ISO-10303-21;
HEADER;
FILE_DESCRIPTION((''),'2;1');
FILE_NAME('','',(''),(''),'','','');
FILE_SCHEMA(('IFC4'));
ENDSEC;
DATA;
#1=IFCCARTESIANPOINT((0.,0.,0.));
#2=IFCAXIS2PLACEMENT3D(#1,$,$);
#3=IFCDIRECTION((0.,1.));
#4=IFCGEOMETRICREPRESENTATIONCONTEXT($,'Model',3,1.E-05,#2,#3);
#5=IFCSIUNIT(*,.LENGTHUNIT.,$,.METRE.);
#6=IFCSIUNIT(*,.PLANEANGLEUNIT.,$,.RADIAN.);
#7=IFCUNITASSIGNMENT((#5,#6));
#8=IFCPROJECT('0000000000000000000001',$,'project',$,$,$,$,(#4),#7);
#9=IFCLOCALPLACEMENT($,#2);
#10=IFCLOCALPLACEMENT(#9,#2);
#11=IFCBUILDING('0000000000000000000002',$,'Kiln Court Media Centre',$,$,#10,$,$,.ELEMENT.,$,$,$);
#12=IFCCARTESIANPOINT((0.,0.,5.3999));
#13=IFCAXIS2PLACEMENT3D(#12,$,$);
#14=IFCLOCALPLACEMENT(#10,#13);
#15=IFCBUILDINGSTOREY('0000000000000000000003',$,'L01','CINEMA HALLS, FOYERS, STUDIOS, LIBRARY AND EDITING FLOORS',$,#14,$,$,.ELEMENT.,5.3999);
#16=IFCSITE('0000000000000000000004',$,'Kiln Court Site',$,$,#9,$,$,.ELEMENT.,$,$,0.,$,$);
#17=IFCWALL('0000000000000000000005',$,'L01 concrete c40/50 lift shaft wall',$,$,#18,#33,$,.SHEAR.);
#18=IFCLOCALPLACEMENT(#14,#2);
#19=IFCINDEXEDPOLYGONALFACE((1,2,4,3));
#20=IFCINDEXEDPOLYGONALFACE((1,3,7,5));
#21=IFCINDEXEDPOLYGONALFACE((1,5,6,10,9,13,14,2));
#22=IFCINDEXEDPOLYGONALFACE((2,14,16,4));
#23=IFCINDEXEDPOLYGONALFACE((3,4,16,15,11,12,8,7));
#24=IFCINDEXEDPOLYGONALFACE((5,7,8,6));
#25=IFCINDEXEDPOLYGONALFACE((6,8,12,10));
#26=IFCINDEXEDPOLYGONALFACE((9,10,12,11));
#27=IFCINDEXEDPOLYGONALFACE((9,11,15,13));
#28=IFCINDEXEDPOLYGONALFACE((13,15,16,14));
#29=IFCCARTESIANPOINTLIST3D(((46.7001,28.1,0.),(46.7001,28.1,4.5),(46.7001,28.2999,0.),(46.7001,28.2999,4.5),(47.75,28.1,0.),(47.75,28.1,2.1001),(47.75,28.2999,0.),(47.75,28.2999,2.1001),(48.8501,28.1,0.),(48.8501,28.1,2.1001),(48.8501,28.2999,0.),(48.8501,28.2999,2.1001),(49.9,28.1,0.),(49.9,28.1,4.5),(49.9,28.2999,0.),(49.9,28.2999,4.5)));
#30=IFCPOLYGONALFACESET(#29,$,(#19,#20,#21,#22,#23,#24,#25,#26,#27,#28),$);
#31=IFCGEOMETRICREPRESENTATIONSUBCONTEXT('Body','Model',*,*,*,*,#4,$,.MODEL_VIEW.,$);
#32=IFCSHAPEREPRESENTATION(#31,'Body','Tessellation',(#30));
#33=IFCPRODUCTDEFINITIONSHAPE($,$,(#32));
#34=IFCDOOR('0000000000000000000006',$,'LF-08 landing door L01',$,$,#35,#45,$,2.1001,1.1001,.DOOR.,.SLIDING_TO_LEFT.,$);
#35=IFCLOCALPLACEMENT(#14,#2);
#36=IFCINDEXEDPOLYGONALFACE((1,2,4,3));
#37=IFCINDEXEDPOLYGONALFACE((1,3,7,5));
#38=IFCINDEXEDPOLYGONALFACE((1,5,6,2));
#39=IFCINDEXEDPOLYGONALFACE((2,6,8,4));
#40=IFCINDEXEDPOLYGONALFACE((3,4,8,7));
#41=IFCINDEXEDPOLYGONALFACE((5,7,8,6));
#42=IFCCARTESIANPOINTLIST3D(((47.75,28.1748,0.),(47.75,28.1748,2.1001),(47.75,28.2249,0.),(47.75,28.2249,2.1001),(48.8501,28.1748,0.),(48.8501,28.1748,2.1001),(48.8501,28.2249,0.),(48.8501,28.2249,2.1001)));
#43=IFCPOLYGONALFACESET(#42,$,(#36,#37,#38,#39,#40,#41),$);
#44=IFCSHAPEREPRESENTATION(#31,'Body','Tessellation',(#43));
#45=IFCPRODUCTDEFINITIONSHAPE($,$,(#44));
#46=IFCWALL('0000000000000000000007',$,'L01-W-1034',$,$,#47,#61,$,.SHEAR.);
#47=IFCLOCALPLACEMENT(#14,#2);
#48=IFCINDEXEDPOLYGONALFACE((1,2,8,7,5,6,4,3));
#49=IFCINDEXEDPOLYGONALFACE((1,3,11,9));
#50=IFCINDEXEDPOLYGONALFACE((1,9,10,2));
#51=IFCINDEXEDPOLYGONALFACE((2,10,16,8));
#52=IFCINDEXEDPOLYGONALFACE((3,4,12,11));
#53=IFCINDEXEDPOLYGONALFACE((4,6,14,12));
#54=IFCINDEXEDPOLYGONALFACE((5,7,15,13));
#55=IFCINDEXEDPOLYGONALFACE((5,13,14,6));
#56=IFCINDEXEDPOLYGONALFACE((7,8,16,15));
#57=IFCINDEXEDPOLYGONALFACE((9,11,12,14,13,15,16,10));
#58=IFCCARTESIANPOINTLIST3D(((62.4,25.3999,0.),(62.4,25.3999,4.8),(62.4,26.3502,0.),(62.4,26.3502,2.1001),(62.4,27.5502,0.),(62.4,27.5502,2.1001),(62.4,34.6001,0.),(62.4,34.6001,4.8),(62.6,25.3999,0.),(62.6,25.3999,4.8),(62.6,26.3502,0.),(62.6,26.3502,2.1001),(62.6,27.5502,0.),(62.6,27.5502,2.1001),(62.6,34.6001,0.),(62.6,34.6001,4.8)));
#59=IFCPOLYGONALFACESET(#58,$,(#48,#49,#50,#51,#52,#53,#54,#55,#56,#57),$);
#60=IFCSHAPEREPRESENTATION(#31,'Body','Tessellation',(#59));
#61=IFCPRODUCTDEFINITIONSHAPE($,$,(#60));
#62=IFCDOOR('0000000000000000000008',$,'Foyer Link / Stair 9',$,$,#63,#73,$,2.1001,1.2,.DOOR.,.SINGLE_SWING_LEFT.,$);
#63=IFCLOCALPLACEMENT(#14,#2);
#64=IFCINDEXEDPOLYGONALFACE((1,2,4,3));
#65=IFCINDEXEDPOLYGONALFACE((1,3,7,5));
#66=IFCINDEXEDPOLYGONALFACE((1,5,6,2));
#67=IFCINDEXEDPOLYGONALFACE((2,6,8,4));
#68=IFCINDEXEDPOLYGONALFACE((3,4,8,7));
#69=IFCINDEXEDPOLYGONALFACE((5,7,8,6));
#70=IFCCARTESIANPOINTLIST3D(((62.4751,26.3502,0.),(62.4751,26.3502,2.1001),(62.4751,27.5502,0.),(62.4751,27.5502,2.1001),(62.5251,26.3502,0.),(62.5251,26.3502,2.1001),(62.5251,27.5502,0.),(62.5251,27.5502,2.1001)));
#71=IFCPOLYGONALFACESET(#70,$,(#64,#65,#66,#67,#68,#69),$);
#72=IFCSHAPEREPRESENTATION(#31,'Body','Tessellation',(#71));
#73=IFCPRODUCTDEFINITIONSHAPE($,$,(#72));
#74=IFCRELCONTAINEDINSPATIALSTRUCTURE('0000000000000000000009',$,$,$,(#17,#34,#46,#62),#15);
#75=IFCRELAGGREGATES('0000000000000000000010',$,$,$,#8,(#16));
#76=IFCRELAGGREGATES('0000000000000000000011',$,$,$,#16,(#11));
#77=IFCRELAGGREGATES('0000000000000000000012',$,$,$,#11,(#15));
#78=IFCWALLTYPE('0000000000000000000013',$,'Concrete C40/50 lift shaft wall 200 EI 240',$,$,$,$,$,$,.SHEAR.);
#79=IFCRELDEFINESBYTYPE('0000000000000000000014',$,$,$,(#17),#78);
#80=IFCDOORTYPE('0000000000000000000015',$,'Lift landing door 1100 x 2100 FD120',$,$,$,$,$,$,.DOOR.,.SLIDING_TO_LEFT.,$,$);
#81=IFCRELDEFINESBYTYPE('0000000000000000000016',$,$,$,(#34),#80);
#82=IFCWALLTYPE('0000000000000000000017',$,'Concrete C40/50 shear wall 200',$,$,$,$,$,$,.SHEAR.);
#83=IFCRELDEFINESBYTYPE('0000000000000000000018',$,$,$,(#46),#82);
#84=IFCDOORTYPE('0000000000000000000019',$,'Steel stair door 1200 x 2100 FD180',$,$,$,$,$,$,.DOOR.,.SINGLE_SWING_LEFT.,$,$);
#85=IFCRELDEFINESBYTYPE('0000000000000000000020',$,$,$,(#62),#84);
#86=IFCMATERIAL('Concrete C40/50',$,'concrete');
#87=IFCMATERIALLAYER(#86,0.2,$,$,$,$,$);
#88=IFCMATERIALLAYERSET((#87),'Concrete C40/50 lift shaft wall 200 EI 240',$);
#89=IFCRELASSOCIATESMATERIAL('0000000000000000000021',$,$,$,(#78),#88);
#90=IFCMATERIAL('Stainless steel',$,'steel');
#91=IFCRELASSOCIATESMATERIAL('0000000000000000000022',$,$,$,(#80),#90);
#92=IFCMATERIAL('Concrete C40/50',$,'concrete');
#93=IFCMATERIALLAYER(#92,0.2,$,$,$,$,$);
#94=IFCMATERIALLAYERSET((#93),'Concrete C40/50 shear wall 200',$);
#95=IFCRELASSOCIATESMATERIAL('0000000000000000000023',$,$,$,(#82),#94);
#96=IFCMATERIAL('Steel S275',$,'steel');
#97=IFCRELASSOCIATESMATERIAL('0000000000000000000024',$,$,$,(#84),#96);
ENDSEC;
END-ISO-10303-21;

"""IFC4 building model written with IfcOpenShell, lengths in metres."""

from ifc_helpers import new_model, si_unit, direction, frame, frame_2d, origin, place, context, subcontext, project, spatial, rectangle, extrude, material, layer, layer_set, type_object, element, fill, save


model = new_model("IFC4")

# Units and contexts
model_context = context("Model", 3, precision=1e-05, world=origin(), true_north=direction((0.0, 1.0)))
body_context = subcontext(model_context, "Body", "Model", "MODEL_VIEW")
ifc_project = project(units=[si_unit("LENGTHUNIT", "METRE"), si_unit("PLANEANGLEUNIT", "RADIAN")], contexts=[model_context])

# Site, building, storey
site_placement = place(None, origin())
site = spatial("IfcSite", under=ifc_project, at=site_placement, Name="Kiln Court Site", CompositionType="ELEMENT", RefElevation=0.0)
building_placement = place(site_placement, origin())
building = spatial("IfcBuilding", under=site, at=building_placement, Name="Kiln Court Media Centre", CompositionType="ELEMENT")
storey_placement = place(building_placement, frame((0.0, 0.0, 5.3999)))
storey = spatial("IfcBuildingStorey", under=building, at=storey_placement, Name="L01", Description="CINEMA HALLS, FOYERS, STUDIOS, LIBRARY AND EDITING FLOORS", CompositionType="ELEMENT", Elevation=5.3999)

# Walls, openings, doors
ifc_material_1 = material(Name="Concrete C40/50", Category="concrete")
ifc_layer_1 = layer(ifc_material_1, 0.2)
ifc_layer_set_1 = layer_set([ifc_layer_1], Name="Concrete C40/50 lift shaft wall 200 EI 240")
wall_type_1 = type_object("IfcWallType", Name="Concrete C40/50 lift shaft wall 200 EI 240", PredefinedType="SHEAR", material=ifc_layer_set_1)
wall_1_placement = place(storey_placement, frame((46.7, 28.2, 0.0), z_axis=(0.0, 0.0, 1.0), x_axis=(1.0, 0.0, 0.0)))
wall_1 = element("IfcWall", 1, at=wall_1_placement, inside=storey, type_object=wall_type_1, Name="L01 concrete c40/50 lift shaft wall", PredefinedType="SHEAR", context=body_context, shape_type="SweptSolid", body=[
    extrude(rectangle(XDim=3.2, YDim=0.2, at=frame_2d((1.6001, 0.0))), origin(), (0.0, 0.0, 1.0), 4.5),
])
opening_1_placement = place(wall_1_placement, frame((1.05, 0.0, 0.0)))
opening_1 = element("IfcOpeningElement", 2, at=opening_1_placement, cuts=wall_1, PredefinedType="OPENING", context=body_context, shape_type="SweptSolid", body=[
    extrude(rectangle(XDim=1.1001, YDim=2.1001, at=frame_2d((0.55, 1.05))), frame((0.0, 0.1099, 0.0), z_axis=(0.0, -1.0, 0.0), x_axis=(1.0, 0.0, 0.0)), (0.0, 0.0, 1.0), 0.22),
])
ifc_material_2 = material(Name="Stainless steel", Category="steel")
door_type_1 = type_object("IfcDoorType", Name="Lift landing door 1100 x 2100 FD120", OperationType="SLIDING_TO_LEFT", PredefinedType="DOOR", material=ifc_material_2)
door_1_placement = place(opening_1_placement, origin())
door_1 = element("IfcDoor", 3, at=door_1_placement, inside=storey, type_object=door_type_1, Name="LF-08 landing door L01", OperationType="SLIDING_TO_LEFT", OverallHeight=2.1001, OverallWidth=1.1001, PredefinedType="DOOR", context=body_context, shape_type="SweptSolid", body=[
    extrude(rectangle(XDim=1.1001, YDim=2.1001, at=frame_2d((0.55, 1.05))), frame((0.0, 0.0249, 0.0), z_axis=(0.0, -1.0, 0.0), x_axis=(1.0, 0.0, 0.0)), (0.0, 0.0, 1.0), 0.05),
])
fill(opening_1, door_1)
ifc_material_3 = material(Name="Concrete C40/50", Category="concrete")
ifc_layer_2 = layer(ifc_material_3, 0.2)
ifc_layer_set_2 = layer_set([ifc_layer_2], Name="Concrete C40/50 shear wall 200")
wall_type_2 = type_object("IfcWallType", Name="Concrete C40/50 shear wall 200", PredefinedType="SHEAR", material=ifc_layer_set_2)
wall_2_placement = place(storey_placement, frame((62.5, 25.3999, 0.0), z_axis=(0.0, 0.0, 1.0), x_axis=(0.0, 1.0, 0.0)))
wall_2 = element("IfcWall", 4, at=wall_2_placement, inside=storey, type_object=wall_type_2, Name="L01-W-1034", PredefinedType="SHEAR", context=body_context, shape_type="SweptSolid", body=[
    extrude(rectangle(XDim=9.2002, YDim=0.2, at=frame_2d((4.6001, 0.0))), origin(), (0.0, 0.0, 1.0), 4.8),
])
opening_2_placement = place(wall_2_placement, frame((0.9502, 0.0, 0.0)))
opening_2 = element("IfcOpeningElement", 5, at=opening_2_placement, cuts=wall_2, PredefinedType="OPENING", context=body_context, shape_type="SweptSolid", body=[
    extrude(rectangle(XDim=1.2, YDim=2.1001, at=frame_2d((0.6001, 1.05))), frame((0.0, 0.1099, 0.0), z_axis=(0.0, -1.0, 0.0), x_axis=(1.0, 0.0, 0.0)), (0.0, 0.0, 1.0), 0.22),
])
ifc_material_4 = material(Name="Steel S275", Category="steel")
door_type_2 = type_object("IfcDoorType", Name="Steel stair door 1200 x 2100 FD180", OperationType="SINGLE_SWING_LEFT", PredefinedType="DOOR", material=ifc_material_4)
door_2_placement = place(opening_2_placement, origin())
door_2 = element("IfcDoor", 6, at=door_2_placement, inside=storey, type_object=door_type_2, Name="Foyer Link / Stair 9", OperationType="SINGLE_SWING_LEFT", OverallHeight=2.1001, OverallWidth=1.2, PredefinedType="DOOR", context=body_context, shape_type="SweptSolid", body=[
    extrude(rectangle(XDim=1.2, YDim=2.1001, at=frame_2d((0.6001, 1.05))), frame((0.0, 0.0249, 0.0), z_axis=(0.0, -1.0, 0.0), x_axis=(1.0, 0.0, 0.0)), (0.0, 0.0, 1.0), 0.05),
])
fill(opening_2, door_2)

save(model, "model.ifc")
